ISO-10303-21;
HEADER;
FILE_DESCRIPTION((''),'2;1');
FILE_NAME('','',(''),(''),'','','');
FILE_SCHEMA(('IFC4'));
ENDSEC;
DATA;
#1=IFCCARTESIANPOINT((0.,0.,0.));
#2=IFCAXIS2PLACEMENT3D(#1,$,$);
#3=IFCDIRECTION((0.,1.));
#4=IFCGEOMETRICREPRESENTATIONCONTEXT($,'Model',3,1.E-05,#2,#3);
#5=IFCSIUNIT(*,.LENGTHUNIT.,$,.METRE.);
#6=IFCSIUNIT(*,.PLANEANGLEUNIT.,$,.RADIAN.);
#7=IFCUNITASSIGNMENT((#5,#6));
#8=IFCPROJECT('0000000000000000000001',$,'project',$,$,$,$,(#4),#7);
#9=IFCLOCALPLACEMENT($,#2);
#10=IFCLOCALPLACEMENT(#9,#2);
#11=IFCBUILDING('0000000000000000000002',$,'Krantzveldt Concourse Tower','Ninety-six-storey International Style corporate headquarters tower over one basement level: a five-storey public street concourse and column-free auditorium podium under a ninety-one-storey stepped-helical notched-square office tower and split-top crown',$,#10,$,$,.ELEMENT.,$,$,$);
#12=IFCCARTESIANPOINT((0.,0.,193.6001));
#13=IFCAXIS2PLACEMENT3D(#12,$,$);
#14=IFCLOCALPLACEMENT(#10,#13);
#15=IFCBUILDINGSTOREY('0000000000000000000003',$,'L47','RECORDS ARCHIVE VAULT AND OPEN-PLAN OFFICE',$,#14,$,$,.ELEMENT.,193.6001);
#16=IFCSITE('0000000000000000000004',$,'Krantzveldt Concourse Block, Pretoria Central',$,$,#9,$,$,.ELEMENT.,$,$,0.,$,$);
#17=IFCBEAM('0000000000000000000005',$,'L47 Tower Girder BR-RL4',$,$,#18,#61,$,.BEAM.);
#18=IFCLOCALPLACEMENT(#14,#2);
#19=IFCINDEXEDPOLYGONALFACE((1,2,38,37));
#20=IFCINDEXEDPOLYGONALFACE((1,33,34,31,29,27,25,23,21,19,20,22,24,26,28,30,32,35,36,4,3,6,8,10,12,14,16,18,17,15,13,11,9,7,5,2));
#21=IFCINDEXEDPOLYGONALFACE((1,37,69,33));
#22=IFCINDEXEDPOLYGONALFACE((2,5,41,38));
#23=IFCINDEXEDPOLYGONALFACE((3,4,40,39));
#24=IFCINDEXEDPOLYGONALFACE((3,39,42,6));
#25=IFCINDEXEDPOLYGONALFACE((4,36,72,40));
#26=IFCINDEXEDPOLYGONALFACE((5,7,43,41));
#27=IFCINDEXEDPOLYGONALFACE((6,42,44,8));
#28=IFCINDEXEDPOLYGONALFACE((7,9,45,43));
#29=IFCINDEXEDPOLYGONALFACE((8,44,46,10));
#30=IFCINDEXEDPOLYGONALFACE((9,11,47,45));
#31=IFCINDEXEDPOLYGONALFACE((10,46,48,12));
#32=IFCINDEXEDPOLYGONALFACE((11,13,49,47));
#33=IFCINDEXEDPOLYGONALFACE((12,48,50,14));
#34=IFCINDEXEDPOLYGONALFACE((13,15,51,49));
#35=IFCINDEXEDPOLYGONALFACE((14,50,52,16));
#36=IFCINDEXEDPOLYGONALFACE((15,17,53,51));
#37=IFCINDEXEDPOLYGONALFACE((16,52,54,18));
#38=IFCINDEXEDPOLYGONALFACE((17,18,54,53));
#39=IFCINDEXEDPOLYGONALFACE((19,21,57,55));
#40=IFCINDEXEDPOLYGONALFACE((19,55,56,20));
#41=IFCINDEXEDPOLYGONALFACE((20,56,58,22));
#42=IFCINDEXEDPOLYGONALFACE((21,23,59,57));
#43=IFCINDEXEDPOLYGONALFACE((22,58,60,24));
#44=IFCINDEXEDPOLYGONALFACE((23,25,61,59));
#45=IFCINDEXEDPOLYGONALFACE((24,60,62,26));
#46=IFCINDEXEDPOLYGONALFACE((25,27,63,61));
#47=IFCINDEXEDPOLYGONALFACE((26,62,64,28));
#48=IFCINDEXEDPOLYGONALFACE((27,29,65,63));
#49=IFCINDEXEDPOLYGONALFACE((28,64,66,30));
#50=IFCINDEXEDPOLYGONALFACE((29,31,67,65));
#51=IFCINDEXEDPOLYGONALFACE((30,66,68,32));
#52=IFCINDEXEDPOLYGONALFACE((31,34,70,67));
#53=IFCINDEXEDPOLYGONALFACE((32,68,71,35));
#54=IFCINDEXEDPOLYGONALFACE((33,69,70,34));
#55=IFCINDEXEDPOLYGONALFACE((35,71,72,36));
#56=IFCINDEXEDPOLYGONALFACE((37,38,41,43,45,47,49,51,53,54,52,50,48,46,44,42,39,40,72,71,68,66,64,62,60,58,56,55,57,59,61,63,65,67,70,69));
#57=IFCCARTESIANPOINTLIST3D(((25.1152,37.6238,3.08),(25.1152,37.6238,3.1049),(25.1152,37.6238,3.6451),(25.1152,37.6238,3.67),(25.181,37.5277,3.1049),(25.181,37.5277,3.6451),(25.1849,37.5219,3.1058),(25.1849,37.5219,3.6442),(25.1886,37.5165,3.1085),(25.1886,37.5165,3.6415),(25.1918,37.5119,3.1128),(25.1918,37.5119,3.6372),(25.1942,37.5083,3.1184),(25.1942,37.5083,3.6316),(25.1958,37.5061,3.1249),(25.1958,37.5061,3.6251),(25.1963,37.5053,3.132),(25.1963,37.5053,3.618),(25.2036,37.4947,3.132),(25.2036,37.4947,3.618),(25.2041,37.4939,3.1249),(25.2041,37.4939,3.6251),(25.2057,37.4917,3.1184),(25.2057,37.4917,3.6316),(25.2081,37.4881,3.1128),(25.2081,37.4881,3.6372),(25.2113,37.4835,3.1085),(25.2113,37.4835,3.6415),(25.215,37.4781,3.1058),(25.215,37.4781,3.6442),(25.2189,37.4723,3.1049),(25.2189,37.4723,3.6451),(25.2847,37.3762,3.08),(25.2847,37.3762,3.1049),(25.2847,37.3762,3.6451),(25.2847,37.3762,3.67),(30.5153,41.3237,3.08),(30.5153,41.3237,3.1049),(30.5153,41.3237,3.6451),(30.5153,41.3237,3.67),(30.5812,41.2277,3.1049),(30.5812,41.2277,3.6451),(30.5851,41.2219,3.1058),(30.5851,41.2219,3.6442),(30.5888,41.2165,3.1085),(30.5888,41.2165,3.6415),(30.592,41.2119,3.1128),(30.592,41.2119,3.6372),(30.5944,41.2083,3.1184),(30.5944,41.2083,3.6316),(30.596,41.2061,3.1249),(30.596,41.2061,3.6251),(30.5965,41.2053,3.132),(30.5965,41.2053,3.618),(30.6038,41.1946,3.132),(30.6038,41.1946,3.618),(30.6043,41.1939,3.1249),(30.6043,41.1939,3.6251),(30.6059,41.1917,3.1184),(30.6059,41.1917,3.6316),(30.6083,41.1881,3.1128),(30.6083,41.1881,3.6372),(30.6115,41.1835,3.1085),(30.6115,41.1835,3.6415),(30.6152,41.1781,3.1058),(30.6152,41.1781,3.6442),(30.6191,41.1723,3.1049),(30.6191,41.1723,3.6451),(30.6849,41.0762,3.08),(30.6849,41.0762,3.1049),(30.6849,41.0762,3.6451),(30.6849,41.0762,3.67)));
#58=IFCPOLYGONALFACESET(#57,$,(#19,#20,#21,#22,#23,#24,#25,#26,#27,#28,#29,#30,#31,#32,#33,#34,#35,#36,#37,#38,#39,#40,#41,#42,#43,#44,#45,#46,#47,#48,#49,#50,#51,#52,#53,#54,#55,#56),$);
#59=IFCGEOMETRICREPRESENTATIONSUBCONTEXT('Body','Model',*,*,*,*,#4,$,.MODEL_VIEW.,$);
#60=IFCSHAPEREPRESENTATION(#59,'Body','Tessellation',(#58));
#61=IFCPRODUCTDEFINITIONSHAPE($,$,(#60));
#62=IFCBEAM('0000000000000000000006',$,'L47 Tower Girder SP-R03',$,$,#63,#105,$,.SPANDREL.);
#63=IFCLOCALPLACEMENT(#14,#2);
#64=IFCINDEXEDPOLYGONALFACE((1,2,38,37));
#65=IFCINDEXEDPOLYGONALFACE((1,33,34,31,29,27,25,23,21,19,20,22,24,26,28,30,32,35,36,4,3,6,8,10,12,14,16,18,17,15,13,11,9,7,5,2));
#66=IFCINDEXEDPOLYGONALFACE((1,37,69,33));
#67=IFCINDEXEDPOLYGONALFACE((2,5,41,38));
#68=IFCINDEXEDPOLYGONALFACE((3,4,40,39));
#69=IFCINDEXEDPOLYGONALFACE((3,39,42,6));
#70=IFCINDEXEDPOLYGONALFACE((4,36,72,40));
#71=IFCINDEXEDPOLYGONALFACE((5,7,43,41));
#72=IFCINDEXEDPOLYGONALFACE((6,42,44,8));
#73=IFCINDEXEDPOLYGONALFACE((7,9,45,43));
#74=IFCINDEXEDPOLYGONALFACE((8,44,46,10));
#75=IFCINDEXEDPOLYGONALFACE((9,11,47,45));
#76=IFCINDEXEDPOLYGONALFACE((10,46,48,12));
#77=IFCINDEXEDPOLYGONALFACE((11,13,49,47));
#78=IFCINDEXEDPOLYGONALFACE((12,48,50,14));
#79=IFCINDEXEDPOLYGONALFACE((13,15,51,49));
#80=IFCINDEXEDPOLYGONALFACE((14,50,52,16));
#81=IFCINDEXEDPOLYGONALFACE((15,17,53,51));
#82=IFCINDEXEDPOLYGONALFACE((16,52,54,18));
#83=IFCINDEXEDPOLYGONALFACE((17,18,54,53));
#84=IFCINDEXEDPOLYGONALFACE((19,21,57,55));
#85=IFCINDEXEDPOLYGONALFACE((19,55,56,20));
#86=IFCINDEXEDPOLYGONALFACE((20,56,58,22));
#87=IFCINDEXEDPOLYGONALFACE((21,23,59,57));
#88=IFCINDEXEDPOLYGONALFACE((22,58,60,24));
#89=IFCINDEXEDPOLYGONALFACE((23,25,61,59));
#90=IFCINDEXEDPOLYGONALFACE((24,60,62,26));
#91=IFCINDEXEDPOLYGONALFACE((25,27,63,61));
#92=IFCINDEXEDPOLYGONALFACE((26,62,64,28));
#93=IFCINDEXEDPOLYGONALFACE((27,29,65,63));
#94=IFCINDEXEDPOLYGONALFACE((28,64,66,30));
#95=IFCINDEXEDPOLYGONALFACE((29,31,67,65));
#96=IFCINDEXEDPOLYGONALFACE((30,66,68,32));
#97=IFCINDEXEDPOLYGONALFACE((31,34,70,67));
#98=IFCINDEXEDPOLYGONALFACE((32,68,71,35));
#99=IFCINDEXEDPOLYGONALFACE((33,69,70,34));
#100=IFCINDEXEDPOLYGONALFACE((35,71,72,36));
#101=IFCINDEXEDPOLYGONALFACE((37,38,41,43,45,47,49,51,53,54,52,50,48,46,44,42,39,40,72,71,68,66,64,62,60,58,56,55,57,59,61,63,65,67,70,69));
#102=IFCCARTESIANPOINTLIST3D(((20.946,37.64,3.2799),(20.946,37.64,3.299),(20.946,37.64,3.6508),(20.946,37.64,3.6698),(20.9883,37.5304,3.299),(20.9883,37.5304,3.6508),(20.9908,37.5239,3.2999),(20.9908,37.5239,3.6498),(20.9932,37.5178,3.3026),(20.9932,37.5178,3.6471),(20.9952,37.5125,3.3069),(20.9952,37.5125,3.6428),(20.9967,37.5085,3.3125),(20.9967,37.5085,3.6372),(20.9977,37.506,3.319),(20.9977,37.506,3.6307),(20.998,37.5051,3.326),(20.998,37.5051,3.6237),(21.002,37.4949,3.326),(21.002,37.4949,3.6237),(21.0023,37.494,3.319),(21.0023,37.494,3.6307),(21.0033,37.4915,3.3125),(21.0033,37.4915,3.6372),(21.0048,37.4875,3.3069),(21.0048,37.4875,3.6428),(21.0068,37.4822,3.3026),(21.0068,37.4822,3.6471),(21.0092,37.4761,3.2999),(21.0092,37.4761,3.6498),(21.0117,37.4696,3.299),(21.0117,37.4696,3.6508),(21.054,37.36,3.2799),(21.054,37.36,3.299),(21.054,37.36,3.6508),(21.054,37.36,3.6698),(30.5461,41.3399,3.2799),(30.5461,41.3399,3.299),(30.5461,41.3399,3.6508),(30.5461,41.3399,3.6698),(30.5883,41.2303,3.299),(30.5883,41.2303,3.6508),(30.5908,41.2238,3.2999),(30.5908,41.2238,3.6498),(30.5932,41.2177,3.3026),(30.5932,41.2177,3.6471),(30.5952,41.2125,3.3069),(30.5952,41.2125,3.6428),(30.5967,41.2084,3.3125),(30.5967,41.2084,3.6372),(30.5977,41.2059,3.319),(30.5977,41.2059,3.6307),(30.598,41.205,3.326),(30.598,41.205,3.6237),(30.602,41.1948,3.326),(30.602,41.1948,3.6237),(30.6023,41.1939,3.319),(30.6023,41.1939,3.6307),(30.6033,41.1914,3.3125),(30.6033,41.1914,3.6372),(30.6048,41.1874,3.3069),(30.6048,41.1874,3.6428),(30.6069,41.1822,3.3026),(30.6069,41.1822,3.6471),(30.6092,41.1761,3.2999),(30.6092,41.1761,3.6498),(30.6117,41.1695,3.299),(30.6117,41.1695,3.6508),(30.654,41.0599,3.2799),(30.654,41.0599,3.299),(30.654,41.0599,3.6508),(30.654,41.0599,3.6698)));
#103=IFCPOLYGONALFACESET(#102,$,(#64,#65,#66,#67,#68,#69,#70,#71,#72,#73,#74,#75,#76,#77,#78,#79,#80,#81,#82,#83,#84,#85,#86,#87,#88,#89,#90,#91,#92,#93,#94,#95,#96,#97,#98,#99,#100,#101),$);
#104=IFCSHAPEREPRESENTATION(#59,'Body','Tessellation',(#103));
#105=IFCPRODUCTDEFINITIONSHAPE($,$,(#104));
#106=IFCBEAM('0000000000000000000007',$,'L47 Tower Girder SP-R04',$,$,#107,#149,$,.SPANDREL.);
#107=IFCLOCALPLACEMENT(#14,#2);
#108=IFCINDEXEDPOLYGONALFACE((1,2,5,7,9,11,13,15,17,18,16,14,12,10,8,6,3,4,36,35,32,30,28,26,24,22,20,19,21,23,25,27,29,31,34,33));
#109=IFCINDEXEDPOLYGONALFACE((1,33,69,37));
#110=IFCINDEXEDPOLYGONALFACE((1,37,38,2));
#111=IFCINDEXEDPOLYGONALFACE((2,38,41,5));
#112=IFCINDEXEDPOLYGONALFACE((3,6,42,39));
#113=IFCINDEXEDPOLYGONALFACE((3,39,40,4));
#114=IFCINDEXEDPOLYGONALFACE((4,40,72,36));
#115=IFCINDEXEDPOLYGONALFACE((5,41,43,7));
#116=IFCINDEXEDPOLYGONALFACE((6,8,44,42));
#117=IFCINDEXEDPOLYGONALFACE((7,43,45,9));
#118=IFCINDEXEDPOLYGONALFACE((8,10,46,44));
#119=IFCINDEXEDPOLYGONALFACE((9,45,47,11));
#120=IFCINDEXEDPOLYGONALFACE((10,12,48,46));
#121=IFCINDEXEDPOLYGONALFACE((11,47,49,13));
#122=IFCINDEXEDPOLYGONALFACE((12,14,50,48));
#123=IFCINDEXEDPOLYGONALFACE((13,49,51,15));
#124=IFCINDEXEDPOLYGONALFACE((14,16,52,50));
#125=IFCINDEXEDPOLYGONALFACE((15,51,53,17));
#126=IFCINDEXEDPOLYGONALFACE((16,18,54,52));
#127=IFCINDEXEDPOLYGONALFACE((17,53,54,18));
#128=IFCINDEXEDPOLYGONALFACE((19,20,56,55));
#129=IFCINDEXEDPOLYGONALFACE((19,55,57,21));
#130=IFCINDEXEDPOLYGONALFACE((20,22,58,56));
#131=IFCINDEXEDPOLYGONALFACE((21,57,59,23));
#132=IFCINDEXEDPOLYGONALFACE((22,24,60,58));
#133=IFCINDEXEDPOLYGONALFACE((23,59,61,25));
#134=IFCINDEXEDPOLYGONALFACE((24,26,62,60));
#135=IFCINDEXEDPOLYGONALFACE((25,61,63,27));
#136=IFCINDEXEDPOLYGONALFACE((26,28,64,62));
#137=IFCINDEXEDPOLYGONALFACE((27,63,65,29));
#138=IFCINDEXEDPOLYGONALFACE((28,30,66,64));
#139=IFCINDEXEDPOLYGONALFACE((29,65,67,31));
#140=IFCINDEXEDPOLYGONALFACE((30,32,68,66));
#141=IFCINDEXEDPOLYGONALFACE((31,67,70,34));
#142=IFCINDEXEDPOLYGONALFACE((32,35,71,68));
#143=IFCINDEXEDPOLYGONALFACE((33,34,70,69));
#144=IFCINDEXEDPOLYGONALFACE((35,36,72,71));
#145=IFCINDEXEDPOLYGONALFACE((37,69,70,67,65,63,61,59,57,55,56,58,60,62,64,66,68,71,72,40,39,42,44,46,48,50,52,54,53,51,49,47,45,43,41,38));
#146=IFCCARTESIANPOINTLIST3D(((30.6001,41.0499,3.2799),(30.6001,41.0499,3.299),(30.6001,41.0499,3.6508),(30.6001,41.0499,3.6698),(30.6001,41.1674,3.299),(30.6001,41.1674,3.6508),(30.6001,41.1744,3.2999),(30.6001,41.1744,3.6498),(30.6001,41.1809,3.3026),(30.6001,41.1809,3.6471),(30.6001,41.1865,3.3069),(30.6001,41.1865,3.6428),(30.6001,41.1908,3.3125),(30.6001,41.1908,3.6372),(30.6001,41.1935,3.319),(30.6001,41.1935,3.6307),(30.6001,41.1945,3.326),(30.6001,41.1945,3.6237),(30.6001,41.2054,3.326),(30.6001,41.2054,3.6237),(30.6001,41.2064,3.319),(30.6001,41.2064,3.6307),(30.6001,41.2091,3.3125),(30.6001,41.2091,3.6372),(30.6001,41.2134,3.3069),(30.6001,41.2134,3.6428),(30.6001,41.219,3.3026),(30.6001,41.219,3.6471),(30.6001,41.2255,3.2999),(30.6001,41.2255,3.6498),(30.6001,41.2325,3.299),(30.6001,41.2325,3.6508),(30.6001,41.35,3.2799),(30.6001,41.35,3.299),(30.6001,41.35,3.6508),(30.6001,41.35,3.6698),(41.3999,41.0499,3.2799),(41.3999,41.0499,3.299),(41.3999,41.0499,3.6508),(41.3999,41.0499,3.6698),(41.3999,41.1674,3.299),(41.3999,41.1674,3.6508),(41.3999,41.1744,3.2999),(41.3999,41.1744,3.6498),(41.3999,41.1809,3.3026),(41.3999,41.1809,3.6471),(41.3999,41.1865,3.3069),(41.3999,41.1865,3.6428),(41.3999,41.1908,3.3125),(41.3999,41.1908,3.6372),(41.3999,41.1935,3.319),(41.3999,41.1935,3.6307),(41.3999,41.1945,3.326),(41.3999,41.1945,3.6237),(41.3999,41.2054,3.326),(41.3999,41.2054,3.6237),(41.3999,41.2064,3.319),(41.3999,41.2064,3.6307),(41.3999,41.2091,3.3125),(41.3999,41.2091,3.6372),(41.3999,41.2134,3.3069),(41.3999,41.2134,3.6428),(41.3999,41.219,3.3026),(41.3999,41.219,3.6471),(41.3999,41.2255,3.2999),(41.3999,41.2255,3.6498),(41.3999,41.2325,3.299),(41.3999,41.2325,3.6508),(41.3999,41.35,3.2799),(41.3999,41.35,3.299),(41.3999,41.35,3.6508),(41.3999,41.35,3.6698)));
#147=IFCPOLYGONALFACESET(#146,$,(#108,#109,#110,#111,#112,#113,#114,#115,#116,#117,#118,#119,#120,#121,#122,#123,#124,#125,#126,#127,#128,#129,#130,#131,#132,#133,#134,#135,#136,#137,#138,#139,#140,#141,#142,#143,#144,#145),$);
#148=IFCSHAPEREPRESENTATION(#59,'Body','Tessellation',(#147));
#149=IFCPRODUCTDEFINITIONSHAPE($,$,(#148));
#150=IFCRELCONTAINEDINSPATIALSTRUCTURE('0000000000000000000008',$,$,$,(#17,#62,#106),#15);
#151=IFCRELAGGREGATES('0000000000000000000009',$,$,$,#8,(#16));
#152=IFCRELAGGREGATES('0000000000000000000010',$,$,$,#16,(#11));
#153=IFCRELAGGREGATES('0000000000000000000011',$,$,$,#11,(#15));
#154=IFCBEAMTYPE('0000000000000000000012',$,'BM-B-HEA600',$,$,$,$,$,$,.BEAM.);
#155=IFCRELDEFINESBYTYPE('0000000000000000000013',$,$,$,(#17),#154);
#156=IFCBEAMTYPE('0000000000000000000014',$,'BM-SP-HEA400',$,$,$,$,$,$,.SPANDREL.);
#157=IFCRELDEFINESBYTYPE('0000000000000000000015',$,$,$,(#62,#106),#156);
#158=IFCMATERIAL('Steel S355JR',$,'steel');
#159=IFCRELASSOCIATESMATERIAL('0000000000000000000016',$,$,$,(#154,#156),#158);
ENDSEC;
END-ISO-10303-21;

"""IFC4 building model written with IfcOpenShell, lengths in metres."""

from ifc_helpers import new_model, si_unit, direction, frame, origin, origin_2d, place, context, subcontext, project, spatial, i_section, extrude, source, transform, mapped, material, material_profile, profile_set, type_object, type_shapes, element, save


model = new_model("IFC4")

# Units and contexts
model_context = context("Model", 3, precision=1e-05, world=origin(), true_north=direction((0.0, 1.0)))
body_context = subcontext(model_context, "Body", "Model", "MODEL_VIEW")
ifc_project = project(units=[si_unit("LENGTHUNIT", "METRE"), si_unit("PLANEANGLEUNIT", "RADIAN")], contexts=[model_context])

# Site, building, storey
site_placement = place(None, origin())
site = spatial("IfcSite", under=ifc_project, at=site_placement, Name="Krantzveldt Concourse Block, Pretoria Central", CompositionType="ELEMENT", RefElevation=0.0)
building_placement = place(site_placement, origin())
building = spatial("IfcBuilding", under=site, at=building_placement, Name="Krantzveldt Concourse Tower", Description="Ninety-six-storey International Style corporate headquarters tower over one basement level: a five-storey public street concourse and column-free auditorium podium under a ninety-one-storey stepped-helical notched-square office tower and split-top crown", CompositionType="ELEMENT")
storey_placement = place(building_placement, frame((0.0, 0.0, 193.6001)))
storey = spatial("IfcBuildingStorey", under=building, at=storey_placement, Name="L47", Description="RECORDS ARCHIVE VAULT AND OPEN-PLAN OFFICE", CompositionType="ELEMENT", Elevation=193.6001)

# Beams
ifc_material_1 = material(Name="Steel S355JR", Category="steel")
ifc_material_profile_1 = material_profile(ifc_material_1, i_section(OverallWidth=0.3, OverallDepth=0.5901, WebThickness=0.0129, FlangeThickness=0.0249, FilletRadius=0.0271, at=origin_2d()), Name="Steel S355JR", Category="steel")
ifc_profile_set_1 = profile_set([ifc_material_profile_1], Name="Steel S355JR - HEA 600")
beam_type_1 = type_object("IfcBeamType", Name="BM-B-HEA600", PredefinedType="BEAM", material=ifc_profile_set_1)
shared_shape_1 = source(origin(), body_context, "Body", "SweptSolid", [
    extrude(i_section(OverallWidth=0.3, OverallDepth=0.5901, WebThickness=0.0129, FlangeThickness=0.0249, FilletRadius=0.0271, at=origin_2d()), origin(), (0.0, 0.0, 1.0), 6.5461),
])
beam_1_placement = place(storey_placement, frame((25.2, 37.5, 3.375), z_axis=(0.824943, 0.565216, 0.0), x_axis=(-0.565216, 0.824943, 0.0)))
element("IfcBeam", 1, at=beam_1_placement, inside=storey, type_object=beam_type_1, Name="L47 Tower Girder BR-RL4", PredefinedType="BEAM", context=body_context, shape_type="MappedRepresentation", body=[
    mapped(shared_shape_1, transform((0.0, 0.0, 0.0), x_axis=(1.0, 0.0, 0.0), y_axis=(0.0, 1.0, 0.0), z_axis=(0.0, 0.0, 1.0), scale=1.0)),
])
ifc_material_profile_2 = material_profile(ifc_material_1, i_section(OverallWidth=0.3, OverallDepth=0.3899, WebThickness=0.011, FlangeThickness=0.019, FilletRadius=0.0271, at=origin_2d()), Name="Steel S355JR", Category="steel")
ifc_profile_set_2 = profile_set([ifc_material_profile_2], Name="Steel S355JR - HEA 400")
beam_type_2 = type_object("IfcBeamType", Name="BM-SP-HEA400", PredefinedType="SPANDREL", material=ifc_profile_set_2)
shared_shape_2 = source(origin(), body_context, "Body", "SweptSolid", [
    extrude(i_section(OverallWidth=0.3, OverallDepth=0.3899, WebThickness=0.011, FlangeThickness=0.019, FilletRadius=0.0271, at=origin_2d()), origin(), (0.0, 0.0, 1.0), 10.2883),
])
beam_2_placement = place(storey_placement, frame((21.0, 37.5, 3.4749), z_axis=(0.933098, 0.359623, 0.0), x_axis=(-0.359623, 0.933098, 0.0)))
element("IfcBeam", 2, at=beam_2_placement, inside=storey, type_object=beam_type_2, Name="L47 Tower Girder SP-R03", PredefinedType="SPANDREL", context=body_context, shape_type="MappedRepresentation", body=[
    mapped(shared_shape_2, transform((0.0, 0.0, 0.0), x_axis=(1.0, 0.0, 0.0), y_axis=(0.0, 1.0, 0.0), z_axis=(0.0, 0.0, 1.0), scale=1.0)),
])
shared_shape_3 = source(origin(), body_context, "Body", "SweptSolid", [
    extrude(i_section(OverallWidth=0.3, OverallDepth=0.3899, WebThickness=0.011, FlangeThickness=0.019, FilletRadius=0.0271, at=origin_2d()), origin(), (0.0, 0.0, 1.0), 10.7998),
])
type_shapes(beam_type_2, [shared_shape_2, shared_shape_3])
beam_3_placement = place(storey_placement, frame((30.6001, 41.2, 3.4749), z_axis=(1.0, 0.0, 0.0), x_axis=(0.0, 1.0, 0.0)))
element("IfcBeam", 3, at=beam_3_placement, inside=storey, type_object=beam_type_2, Name="L47 Tower Girder SP-R04", PredefinedType="SPANDREL", context=body_context, shape_type="MappedRepresentation", body=[
    mapped(shared_shape_3, transform((0.0, 0.0, 0.0), x_axis=(1.0, 0.0, 0.0), y_axis=(0.0, 1.0, 0.0), z_axis=(0.0, 0.0, 1.0), scale=1.0)),
])

save(model, "model.ifc")
